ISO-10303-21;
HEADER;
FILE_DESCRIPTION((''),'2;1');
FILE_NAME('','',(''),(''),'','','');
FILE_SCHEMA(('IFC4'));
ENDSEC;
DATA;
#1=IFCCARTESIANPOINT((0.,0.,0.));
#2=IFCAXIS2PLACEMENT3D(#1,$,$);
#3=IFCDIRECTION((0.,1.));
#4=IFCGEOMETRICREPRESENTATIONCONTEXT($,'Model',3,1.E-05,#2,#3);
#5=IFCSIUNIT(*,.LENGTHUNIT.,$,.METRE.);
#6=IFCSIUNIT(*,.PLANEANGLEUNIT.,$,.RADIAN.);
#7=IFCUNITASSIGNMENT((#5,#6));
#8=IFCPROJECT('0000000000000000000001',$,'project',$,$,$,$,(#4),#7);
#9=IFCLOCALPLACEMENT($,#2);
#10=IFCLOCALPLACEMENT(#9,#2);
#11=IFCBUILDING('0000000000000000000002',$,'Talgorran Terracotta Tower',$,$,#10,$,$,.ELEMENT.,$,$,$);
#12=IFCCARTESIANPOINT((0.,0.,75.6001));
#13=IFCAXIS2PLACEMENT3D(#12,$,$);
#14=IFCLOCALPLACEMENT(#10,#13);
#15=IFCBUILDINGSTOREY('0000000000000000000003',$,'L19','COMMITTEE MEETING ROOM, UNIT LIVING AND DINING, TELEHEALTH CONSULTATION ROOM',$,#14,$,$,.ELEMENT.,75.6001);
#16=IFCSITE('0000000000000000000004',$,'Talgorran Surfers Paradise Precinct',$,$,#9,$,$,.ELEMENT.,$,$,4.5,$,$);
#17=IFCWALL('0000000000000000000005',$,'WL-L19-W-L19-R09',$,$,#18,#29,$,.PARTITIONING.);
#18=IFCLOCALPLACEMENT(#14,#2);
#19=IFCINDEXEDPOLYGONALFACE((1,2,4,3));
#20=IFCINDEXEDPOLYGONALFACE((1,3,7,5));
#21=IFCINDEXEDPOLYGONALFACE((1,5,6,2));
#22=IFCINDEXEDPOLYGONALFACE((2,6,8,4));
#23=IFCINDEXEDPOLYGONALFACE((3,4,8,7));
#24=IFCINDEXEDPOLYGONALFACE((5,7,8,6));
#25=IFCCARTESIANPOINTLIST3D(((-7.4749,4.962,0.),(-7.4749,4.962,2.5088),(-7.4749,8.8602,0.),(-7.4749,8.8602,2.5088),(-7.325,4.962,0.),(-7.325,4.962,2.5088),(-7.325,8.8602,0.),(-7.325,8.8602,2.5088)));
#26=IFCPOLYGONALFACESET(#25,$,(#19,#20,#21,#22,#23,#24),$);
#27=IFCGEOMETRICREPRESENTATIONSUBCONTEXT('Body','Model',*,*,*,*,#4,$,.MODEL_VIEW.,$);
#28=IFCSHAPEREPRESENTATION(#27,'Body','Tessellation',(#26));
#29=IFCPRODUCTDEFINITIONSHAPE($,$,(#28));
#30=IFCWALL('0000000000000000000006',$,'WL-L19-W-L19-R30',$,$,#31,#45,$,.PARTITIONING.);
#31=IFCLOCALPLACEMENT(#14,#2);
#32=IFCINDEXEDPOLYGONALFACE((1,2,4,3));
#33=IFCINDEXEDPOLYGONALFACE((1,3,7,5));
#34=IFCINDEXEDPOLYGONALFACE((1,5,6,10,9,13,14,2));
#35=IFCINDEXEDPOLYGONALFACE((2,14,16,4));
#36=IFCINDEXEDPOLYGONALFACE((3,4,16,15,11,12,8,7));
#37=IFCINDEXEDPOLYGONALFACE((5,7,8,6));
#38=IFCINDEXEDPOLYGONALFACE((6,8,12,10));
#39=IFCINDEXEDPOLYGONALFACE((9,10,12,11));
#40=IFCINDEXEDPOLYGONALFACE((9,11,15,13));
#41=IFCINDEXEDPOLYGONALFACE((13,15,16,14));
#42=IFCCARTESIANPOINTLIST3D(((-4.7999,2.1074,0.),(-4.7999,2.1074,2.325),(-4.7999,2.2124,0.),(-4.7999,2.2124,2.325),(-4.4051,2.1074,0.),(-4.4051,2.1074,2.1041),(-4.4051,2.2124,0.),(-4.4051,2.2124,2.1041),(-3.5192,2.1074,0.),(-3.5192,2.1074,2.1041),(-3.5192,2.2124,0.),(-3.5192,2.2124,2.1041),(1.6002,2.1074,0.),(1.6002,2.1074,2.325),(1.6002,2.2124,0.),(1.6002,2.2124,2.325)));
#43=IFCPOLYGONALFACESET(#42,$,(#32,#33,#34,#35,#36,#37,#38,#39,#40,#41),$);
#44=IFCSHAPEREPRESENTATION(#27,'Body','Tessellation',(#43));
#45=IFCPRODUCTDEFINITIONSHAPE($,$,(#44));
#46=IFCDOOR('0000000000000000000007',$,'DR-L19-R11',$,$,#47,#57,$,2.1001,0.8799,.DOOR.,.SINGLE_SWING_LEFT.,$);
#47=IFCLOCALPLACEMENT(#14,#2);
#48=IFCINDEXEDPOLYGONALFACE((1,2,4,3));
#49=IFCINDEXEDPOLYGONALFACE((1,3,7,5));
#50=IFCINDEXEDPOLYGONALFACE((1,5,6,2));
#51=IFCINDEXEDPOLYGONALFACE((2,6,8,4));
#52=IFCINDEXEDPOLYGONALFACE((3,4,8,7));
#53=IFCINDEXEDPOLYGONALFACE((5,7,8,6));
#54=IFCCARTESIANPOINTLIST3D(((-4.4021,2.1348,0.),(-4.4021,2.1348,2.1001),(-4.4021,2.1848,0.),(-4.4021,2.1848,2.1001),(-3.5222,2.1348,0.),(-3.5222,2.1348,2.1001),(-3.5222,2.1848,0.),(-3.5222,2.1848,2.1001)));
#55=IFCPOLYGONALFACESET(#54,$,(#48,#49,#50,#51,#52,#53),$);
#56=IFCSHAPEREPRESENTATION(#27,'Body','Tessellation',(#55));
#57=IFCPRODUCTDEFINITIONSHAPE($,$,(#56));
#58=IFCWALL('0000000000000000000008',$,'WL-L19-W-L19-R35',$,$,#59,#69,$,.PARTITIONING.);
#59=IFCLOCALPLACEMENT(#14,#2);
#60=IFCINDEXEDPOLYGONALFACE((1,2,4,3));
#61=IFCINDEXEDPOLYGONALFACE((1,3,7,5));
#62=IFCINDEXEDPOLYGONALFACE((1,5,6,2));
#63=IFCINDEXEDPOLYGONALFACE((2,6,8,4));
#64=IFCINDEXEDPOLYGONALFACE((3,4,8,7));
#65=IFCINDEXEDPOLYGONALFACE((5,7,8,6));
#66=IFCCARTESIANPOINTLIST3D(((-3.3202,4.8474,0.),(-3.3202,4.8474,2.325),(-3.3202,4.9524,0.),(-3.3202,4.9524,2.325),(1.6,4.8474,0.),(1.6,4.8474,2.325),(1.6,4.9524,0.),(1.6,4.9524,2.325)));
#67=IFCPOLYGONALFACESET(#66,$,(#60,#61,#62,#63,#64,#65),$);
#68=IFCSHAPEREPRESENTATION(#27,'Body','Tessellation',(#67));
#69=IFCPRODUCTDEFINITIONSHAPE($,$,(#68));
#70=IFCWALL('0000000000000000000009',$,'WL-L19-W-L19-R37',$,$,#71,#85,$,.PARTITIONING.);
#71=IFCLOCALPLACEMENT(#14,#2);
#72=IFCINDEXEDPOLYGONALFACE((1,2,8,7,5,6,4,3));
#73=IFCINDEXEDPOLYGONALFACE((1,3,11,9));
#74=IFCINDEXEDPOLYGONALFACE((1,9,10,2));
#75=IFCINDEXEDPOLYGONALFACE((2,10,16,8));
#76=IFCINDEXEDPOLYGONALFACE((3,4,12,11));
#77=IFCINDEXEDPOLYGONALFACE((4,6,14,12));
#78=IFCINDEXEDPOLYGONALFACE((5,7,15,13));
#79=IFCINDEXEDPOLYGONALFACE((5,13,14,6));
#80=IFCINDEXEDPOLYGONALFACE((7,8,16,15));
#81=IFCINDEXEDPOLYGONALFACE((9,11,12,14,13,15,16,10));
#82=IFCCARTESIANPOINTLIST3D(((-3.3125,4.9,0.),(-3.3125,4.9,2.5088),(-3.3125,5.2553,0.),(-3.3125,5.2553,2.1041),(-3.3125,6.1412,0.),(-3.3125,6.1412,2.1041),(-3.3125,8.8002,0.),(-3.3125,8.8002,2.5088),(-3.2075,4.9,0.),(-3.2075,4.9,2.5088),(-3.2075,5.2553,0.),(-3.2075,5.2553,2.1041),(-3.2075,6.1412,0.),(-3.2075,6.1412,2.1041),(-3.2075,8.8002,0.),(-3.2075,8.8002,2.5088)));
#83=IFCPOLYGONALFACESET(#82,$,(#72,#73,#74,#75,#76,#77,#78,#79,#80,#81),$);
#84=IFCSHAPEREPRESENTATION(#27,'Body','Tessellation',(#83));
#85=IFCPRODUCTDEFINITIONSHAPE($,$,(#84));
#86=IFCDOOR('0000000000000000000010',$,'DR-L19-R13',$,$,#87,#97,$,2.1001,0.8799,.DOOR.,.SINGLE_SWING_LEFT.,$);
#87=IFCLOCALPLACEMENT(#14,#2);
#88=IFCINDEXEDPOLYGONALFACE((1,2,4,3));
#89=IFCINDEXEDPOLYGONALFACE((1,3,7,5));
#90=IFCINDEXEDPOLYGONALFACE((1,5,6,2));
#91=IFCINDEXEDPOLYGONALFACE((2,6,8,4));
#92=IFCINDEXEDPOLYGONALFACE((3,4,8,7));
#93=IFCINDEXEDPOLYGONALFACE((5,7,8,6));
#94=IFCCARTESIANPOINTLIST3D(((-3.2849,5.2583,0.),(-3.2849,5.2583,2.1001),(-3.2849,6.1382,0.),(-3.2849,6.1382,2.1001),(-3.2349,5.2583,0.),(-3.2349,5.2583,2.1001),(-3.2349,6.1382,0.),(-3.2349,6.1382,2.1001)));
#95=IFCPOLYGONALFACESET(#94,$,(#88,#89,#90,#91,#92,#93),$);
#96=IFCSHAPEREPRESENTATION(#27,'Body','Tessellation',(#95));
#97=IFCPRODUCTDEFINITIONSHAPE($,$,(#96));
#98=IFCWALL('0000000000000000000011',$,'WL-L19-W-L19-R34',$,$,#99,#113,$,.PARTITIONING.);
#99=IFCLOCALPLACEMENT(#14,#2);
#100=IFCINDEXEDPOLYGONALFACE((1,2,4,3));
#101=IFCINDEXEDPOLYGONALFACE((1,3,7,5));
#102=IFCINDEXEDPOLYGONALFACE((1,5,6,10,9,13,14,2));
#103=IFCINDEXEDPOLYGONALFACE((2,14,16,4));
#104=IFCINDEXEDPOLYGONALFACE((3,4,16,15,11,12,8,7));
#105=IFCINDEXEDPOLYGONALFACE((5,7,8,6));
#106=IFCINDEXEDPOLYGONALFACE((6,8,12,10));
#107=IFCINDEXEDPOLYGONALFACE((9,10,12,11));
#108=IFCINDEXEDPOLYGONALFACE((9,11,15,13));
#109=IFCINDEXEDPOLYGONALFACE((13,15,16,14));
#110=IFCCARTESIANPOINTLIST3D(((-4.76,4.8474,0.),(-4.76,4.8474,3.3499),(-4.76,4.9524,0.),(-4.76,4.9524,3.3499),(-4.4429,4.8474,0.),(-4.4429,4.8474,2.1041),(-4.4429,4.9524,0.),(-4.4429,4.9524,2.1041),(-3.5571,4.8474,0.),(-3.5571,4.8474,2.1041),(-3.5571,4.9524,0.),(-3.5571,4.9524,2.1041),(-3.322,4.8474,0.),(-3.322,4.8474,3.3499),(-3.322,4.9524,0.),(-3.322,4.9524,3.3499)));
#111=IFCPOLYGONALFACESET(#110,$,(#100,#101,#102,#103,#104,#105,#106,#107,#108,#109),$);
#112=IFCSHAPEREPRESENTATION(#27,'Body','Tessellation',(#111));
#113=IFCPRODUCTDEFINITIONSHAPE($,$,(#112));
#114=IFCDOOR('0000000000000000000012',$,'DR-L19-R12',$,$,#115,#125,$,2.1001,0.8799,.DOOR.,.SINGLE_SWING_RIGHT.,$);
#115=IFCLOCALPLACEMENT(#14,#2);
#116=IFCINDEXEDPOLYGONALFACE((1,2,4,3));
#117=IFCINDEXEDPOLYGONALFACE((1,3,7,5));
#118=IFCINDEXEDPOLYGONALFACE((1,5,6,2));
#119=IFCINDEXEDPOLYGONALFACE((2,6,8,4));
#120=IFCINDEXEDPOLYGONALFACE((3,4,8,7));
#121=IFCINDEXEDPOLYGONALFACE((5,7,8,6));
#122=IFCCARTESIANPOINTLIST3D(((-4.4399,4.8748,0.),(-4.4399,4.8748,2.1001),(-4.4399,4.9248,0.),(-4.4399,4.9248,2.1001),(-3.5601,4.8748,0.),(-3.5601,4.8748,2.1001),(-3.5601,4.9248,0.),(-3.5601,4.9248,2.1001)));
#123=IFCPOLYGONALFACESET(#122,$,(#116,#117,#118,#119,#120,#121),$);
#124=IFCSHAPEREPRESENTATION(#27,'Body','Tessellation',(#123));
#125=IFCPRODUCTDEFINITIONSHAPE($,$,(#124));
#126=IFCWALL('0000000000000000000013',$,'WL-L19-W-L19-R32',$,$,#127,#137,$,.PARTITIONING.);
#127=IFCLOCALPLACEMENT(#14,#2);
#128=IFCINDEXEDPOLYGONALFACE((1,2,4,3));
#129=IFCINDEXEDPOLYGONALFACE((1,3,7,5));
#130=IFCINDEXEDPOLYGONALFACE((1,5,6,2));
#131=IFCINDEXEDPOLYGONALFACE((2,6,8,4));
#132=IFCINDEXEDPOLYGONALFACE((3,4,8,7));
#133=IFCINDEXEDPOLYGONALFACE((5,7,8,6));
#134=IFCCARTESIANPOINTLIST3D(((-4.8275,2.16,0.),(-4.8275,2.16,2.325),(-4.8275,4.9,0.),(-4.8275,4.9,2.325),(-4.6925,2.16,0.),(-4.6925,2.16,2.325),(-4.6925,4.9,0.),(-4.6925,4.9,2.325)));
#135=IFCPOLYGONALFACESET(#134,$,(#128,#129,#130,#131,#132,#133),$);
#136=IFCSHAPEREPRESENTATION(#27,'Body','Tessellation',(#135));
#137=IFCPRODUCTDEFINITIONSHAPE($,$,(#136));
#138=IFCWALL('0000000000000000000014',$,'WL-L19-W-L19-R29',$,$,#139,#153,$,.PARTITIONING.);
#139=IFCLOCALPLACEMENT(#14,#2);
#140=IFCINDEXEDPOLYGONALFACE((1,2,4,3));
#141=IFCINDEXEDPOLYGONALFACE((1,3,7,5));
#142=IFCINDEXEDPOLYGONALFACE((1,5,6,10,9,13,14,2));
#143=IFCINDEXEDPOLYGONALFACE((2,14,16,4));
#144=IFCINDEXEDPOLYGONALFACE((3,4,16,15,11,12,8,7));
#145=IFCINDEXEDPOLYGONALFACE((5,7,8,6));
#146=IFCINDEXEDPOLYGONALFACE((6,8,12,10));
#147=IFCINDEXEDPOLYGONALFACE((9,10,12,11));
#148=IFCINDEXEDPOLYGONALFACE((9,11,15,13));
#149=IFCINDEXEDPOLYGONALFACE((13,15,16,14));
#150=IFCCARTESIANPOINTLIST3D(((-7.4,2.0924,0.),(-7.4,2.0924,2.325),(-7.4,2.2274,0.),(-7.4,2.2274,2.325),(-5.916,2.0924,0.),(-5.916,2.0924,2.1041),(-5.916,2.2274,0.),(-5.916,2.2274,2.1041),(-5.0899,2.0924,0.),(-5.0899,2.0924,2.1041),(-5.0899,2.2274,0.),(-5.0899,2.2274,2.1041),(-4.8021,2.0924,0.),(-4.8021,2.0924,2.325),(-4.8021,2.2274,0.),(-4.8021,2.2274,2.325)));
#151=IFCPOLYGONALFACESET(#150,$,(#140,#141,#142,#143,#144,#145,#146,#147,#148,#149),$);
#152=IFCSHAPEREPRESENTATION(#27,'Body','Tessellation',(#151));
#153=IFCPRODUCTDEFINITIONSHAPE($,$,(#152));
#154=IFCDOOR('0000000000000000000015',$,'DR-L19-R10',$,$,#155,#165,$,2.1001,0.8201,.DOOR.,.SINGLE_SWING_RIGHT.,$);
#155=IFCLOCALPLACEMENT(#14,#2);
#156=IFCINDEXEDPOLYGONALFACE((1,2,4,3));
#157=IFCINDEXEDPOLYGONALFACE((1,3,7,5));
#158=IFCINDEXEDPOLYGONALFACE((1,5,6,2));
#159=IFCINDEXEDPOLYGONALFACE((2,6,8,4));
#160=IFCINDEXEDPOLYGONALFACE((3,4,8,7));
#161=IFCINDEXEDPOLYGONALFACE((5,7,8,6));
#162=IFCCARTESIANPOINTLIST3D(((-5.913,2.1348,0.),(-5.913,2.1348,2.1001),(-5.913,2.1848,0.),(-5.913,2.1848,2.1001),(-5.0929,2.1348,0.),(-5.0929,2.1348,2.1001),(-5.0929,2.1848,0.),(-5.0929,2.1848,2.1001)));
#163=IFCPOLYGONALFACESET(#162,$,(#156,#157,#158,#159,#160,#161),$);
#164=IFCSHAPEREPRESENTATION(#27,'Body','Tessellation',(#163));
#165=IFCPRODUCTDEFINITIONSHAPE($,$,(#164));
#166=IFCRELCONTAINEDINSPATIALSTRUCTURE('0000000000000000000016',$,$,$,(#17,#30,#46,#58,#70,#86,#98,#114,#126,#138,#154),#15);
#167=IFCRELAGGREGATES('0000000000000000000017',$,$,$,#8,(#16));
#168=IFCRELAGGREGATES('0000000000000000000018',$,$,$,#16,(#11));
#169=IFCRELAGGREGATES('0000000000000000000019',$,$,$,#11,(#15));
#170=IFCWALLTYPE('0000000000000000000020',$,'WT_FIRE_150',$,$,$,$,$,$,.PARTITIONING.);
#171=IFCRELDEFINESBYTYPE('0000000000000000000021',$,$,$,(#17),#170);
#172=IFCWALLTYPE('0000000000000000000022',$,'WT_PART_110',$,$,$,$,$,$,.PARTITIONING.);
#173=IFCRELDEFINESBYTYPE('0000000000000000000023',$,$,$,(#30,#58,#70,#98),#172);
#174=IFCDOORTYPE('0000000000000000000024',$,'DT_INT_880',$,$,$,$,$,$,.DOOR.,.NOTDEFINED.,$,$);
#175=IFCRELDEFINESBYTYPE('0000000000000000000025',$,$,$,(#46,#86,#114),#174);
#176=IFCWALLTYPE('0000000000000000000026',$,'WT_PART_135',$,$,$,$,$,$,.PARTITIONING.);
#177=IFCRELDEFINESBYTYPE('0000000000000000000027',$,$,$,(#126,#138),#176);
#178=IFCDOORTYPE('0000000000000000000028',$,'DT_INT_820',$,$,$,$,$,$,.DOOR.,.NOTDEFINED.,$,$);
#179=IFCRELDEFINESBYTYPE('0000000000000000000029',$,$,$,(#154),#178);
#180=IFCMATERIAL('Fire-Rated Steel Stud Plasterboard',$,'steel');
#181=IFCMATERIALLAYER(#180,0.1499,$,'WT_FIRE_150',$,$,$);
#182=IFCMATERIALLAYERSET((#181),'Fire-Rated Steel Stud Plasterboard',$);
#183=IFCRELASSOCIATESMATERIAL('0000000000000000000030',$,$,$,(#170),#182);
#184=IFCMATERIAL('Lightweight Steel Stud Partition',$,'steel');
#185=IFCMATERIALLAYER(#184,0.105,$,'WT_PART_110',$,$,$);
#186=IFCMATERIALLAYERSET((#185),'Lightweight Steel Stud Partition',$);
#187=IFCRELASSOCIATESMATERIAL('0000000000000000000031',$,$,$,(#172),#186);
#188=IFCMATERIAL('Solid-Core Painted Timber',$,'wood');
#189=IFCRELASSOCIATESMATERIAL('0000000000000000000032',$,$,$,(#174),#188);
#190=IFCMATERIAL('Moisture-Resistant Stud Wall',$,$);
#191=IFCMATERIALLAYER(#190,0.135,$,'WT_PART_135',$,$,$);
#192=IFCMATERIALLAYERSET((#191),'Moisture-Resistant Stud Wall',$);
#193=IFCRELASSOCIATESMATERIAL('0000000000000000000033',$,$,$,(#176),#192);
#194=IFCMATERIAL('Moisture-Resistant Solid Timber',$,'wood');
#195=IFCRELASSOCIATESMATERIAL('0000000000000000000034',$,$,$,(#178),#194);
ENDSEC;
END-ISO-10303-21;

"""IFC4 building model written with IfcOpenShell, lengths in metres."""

from ifc_helpers import new_model, si_unit, direction, frame, frame_2d, origin, place, context, subcontext, project, spatial, rectangle, extrude, material, layer, layer_set, type_object, element, fill, save


model = new_model("IFC4")

# Units and contexts
model_context = context("Model", 3, precision=1e-05, world=origin(), true_north=direction((0.0, 1.0)))
body_context = subcontext(model_context, "Body", "Model", "MODEL_VIEW")
ifc_project = project(units=[si_unit("LENGTHUNIT", "METRE"), si_unit("PLANEANGLEUNIT", "RADIAN")], contexts=[model_context])

# Site, building, storey
site_placement = place(None, origin())
site = spatial("IfcSite", under=ifc_project, at=site_placement, Name="Talgorran Surfers Paradise Precinct", CompositionType="ELEMENT", RefElevation=4.5)
building_placement = place(site_placement, origin())
building = spatial("IfcBuilding", under=site, at=building_placement, Name="Talgorran Terracotta Tower", CompositionType="ELEMENT")
storey_placement = place(building_placement, frame((0.0, 0.0, 75.6001)))
storey = spatial("IfcBuildingStorey", under=building, at=storey_placement, Name="L19", Description="COMMITTEE MEETING ROOM, UNIT LIVING AND DINING, TELEHEALTH CONSULTATION ROOM", CompositionType="ELEMENT", Elevation=75.6001)

# Shared definitions
ifc_material_1 = material(Name="Fire-Rated Steel Stud Plasterboard", Category="steel")
ifc_layer_1 = layer(ifc_material_1, 0.1499, Name="WT_FIRE_150")
ifc_layer_set_1 = layer_set([ifc_layer_1], Name="Fire-Rated Steel Stud Plasterboard")
wall_type_1 = type_object("IfcWallType", Name="WT_FIRE_150", PredefinedType="PARTITIONING", material=ifc_layer_set_1)

# Wall
wall_1_placement = place(storey_placement, frame((-7.3999, 4.9619, 0.0), z_axis=(0.0, 0.0, 1.0), x_axis=(0.0, 1.0, 0.0)))
element("IfcWall", 1, at=wall_1_placement, inside=storey, type_object=wall_type_1, Name="WL-L19-W-L19-R09", PredefinedType="PARTITIONING", context=body_context, shape_type="SweptSolid", body=[
    extrude(rectangle(XDim=3.8982, YDim=0.1499, at=frame_2d((1.9492, 0.0))), origin(), (0.0, 0.0, 1.0), 2.5088),
])

# Wall, opening, door
ifc_material_2 = material(Name="Lightweight Steel Stud Partition", Category="steel")
ifc_layer_2 = layer(ifc_material_2, 0.105, Name="WT_PART_110")
ifc_layer_set_2 = layer_set([ifc_layer_2], Name="Lightweight Steel Stud Partition")
wall_type_2 = type_object("IfcWallType", Name="WT_PART_110", PredefinedType="PARTITIONING", material=ifc_layer_set_2)
wall_2_placement = place(storey_placement, frame((-4.8, 2.1599, 0.0), z_axis=(0.0, 0.0, 1.0), x_axis=(1.0, 0.0, 0.0)))
wall_2 = element("IfcWall", 2, at=wall_2_placement, inside=storey, type_object=wall_type_2, Name="WL-L19-W-L19-R30", PredefinedType="PARTITIONING", context=body_context, shape_type="SweptSolid", body=[
    extrude(rectangle(XDim=6.4001, YDim=0.105, at=frame_2d((3.2002, 0.0))), origin(), (0.0, 0.0, 1.0), 2.325),
])
opening_1_placement = place(wall_2_placement, frame((0.3979, 0.0, 0.0)))
opening_1 = element("IfcOpeningElement", 3, at=opening_1_placement, cuts=wall_2, PredefinedType="OPENING", context=body_context, shape_type="SweptSolid", body=[
    extrude(rectangle(XDim=0.8859, YDim=2.1041, at=frame_2d((0.4399, 1.052))), frame((0.0, 0.0625, 0.0), z_axis=(0.0, -1.0, 0.0), x_axis=(1.0, 0.0, 0.0)), (0.0, 0.0, 1.0), 0.125),
])
ifc_material_3 = material(Name="Solid-Core Painted Timber", Category="wood")
door_type_1 = type_object("IfcDoorType", Name="DT_INT_880", OperationType="NOTDEFINED", PredefinedType="DOOR", material=ifc_material_3)
door_1_placement = place(opening_1_placement, origin())
door_1 = element("IfcDoor", 4, at=door_1_placement, inside=storey, type_object=door_type_1, Name="DR-L19-R11", OperationType="SINGLE_SWING_LEFT", OverallHeight=2.1001, OverallWidth=0.8799, PredefinedType="DOOR", context=body_context, shape_type="SweptSolid", body=[
    extrude(rectangle(XDim=0.8799, YDim=2.1001, at=frame_2d((0.4399, 1.05))), frame((0.0, 0.0249, 0.0), z_axis=(0.0, -1.0, 0.0), x_axis=(1.0, 0.0, 0.0)), (0.0, 0.0, 1.0), 0.05),
])
fill(opening_1, door_1)

# Wall
wall_3_placement = place(storey_placement, frame((-3.3201, 4.8999, 0.0), z_axis=(0.0, 0.0, 1.0), x_axis=(1.0, 0.0, 0.0)))
element("IfcWall", 5, at=wall_3_placement, inside=storey, type_object=wall_type_2, Name="WL-L19-W-L19-R35", PredefinedType="PARTITIONING", context=body_context, shape_type="SweptSolid", body=[
    extrude(rectangle(XDim=4.9202, YDim=0.105, at=frame_2d((2.46, 0.0))), origin(), (0.0, 0.0, 1.0), 2.325),
])

# Walls, openings, doors
wall_4_placement = place(storey_placement, frame((-3.26, 4.8999, 0.0), z_axis=(0.0, 0.0, 1.0), x_axis=(0.0, 1.0, 0.0)))
wall_4 = element("IfcWall", 6, at=wall_4_placement, inside=storey, type_object=wall_type_2, Name="WL-L19-W-L19-R37", PredefinedType="PARTITIONING", context=body_context, shape_type="SweptSolid", body=[
    extrude(rectangle(XDim=3.9001, YDim=0.105, at=frame_2d((1.9502, 0.0))), origin(), (0.0, 0.0, 1.0), 2.5088),
])
opening_2_placement = place(wall_4_placement, frame((0.3584, 0.0, 0.0)))
opening_2 = element("IfcOpeningElement", 7, at=opening_2_placement, cuts=wall_4, PredefinedType="OPENING", context=body_context, shape_type="SweptSolid", body=[
    extrude(rectangle(XDim=0.8859, YDim=2.1041, at=frame_2d((0.4399, 1.052))), frame((0.0, 0.0625, 0.0), z_axis=(0.0, -1.0, 0.0), x_axis=(1.0, 0.0, 0.0)), (0.0, 0.0, 1.0), 0.125),
])
door_2_placement = place(opening_2_placement, origin())
door_2 = element("IfcDoor", 8, at=door_2_placement, inside=storey, type_object=door_type_1, Name="DR-L19-R13", OperationType="SINGLE_SWING_LEFT", OverallHeight=2.1001, OverallWidth=0.8799, PredefinedType="DOOR", context=body_context, shape_type="SweptSolid", body=[
    extrude(rectangle(XDim=0.8799, YDim=2.1001, at=frame_2d((0.4399, 1.05))), frame((0.0, 0.0249, 0.0), z_axis=(0.0, -1.0, 0.0), x_axis=(1.0, 0.0, 0.0)), (0.0, 0.0, 1.0), 0.05),
])
fill(opening_2, door_2)
wall_5_placement = place(storey_placement, frame((-4.76, 4.8999, 0.0), z_axis=(0.0, 0.0, 1.0), x_axis=(1.0, 0.0, 0.0)))
wall_5 = element("IfcWall", 9, at=wall_5_placement, inside=storey, type_object=wall_type_2, Name="WL-L19-W-L19-R34", PredefinedType="PARTITIONING", context=body_context, shape_type="SweptSolid", body=[
    extrude(rectangle(XDim=1.438, YDim=0.105, at=frame_2d((0.719, 0.0))), origin(), (0.0, 0.0, 1.0), 3.3499),
])
opening_3_placement = place(wall_5_placement, frame((0.3201, 0.0, 0.0)))
opening_3 = element("IfcOpeningElement", 10, at=opening_3_placement, cuts=wall_5, PredefinedType="OPENING", context=body_context, shape_type="SweptSolid", body=[
    extrude(rectangle(XDim=0.8859, YDim=2.1041, at=frame_2d((0.4399, 1.052))), frame((0.0, 0.0625, 0.0), z_axis=(0.0, -1.0, 0.0), x_axis=(1.0, 0.0, 0.0)), (0.0, 0.0, 1.0), 0.125),
])
door_3_placement = place(opening_3_placement, origin())
door_3 = element("IfcDoor", 11, at=door_3_placement, inside=storey, type_object=door_type_1, Name="DR-L19-R12", OperationType="SINGLE_SWING_RIGHT", OverallHeight=2.1001, OverallWidth=0.8799, PredefinedType="DOOR", context=body_context, shape_type="SweptSolid", body=[
    extrude(rectangle(XDim=0.8799, YDim=2.1001, at=frame_2d((0.4399, 1.05))), frame((0.0, 0.0249, 0.0), z_axis=(0.0, -1.0, 0.0), x_axis=(1.0, 0.0, 0.0)), (0.0, 0.0, 1.0), 0.05),
])
fill(opening_3, door_3)

# Wall
ifc_material_4 = material(Name="Moisture-Resistant Stud Wall")
ifc_layer_3 = layer(ifc_material_4, 0.135, Name="WT_PART_135")
ifc_layer_set_3 = layer_set([ifc_layer_3], Name="Moisture-Resistant Stud Wall")
wall_type_3 = type_object("IfcWallType", Name="WT_PART_135", PredefinedType="PARTITIONING", material=ifc_layer_set_3)
wall_6_placement = place(storey_placement, frame((-4.76, 2.1599, 0.0), z_axis=(0.0, 0.0, 1.0), x_axis=(0.0, 1.0, 0.0)))
element("IfcWall", 12, at=wall_6_placement, inside=storey, type_object=wall_type_3, Name="WL-L19-W-L19-R32", PredefinedType="PARTITIONING", context=body_context, shape_type="SweptSolid", body=[
    extrude(rectangle(XDim=2.74, YDim=0.135, at=frame_2d((1.3701, 0.0))), origin(), (0.0, 0.0, 1.0), 2.325),
])

# Wall, opening, door
wall_7_placement = place(storey_placement, frame((-7.3999, 2.1599, 0.0), z_axis=(0.0, 0.0, 1.0), x_axis=(1.0, 0.0, 0.0)))
wall_7 = element("IfcWall", 13, at=wall_7_placement, inside=storey, type_object=wall_type_3, Name="WL-L19-W-L19-R29", PredefinedType="PARTITIONING", context=body_context, shape_type="SweptSolid", body=[
    extrude(rectangle(XDim=2.5979, YDim=0.135, at=frame_2d((1.2988, 0.0))), origin(), (0.0, 0.0, 1.0), 2.325),
])
opening_4_placement = place(wall_7_placement, frame((1.4868, 0.0, 0.0)))
opening_4 = element("IfcOpeningElement", 14, at=opening_4_placement, cuts=wall_7, PredefinedType="OPENING", context=body_context, shape_type="SweptSolid", body=[
    extrude(rectangle(XDim=0.8261, YDim=2.1041, at=frame_2d((0.4102, 1.052))), frame((0.0, 0.0776, 0.0), z_axis=(0.0, -1.0, 0.0), x_axis=(1.0, 0.0, 0.0)), (0.0, 0.0, 1.0), 0.155),
])
ifc_material_5 = material(Name="Moisture-Resistant Solid Timber", Category="wood")
door_type_2 = type_object("IfcDoorType", Name="DT_INT_820", OperationType="NOTDEFINED", PredefinedType="DOOR", material=ifc_material_5)
door_4_placement = place(opening_4_placement, origin())
door_4 = element("IfcDoor", 15, at=door_4_placement, inside=storey, type_object=door_type_2, Name="DR-L19-R10", OperationType="SINGLE_SWING_RIGHT", OverallHeight=2.1001, OverallWidth=0.8201, PredefinedType="DOOR", context=body_context, shape_type="SweptSolid", body=[
    extrude(rectangle(XDim=0.8201, YDim=2.1001, at=frame_2d((0.4102, 1.05))), frame((0.0, 0.0249, 0.0), z_axis=(0.0, -1.0, 0.0), x_axis=(1.0, 0.0, 0.0)), (0.0, 0.0, 1.0), 0.05),
])
fill(opening_4, door_4)

save(model, "model.ifc")
